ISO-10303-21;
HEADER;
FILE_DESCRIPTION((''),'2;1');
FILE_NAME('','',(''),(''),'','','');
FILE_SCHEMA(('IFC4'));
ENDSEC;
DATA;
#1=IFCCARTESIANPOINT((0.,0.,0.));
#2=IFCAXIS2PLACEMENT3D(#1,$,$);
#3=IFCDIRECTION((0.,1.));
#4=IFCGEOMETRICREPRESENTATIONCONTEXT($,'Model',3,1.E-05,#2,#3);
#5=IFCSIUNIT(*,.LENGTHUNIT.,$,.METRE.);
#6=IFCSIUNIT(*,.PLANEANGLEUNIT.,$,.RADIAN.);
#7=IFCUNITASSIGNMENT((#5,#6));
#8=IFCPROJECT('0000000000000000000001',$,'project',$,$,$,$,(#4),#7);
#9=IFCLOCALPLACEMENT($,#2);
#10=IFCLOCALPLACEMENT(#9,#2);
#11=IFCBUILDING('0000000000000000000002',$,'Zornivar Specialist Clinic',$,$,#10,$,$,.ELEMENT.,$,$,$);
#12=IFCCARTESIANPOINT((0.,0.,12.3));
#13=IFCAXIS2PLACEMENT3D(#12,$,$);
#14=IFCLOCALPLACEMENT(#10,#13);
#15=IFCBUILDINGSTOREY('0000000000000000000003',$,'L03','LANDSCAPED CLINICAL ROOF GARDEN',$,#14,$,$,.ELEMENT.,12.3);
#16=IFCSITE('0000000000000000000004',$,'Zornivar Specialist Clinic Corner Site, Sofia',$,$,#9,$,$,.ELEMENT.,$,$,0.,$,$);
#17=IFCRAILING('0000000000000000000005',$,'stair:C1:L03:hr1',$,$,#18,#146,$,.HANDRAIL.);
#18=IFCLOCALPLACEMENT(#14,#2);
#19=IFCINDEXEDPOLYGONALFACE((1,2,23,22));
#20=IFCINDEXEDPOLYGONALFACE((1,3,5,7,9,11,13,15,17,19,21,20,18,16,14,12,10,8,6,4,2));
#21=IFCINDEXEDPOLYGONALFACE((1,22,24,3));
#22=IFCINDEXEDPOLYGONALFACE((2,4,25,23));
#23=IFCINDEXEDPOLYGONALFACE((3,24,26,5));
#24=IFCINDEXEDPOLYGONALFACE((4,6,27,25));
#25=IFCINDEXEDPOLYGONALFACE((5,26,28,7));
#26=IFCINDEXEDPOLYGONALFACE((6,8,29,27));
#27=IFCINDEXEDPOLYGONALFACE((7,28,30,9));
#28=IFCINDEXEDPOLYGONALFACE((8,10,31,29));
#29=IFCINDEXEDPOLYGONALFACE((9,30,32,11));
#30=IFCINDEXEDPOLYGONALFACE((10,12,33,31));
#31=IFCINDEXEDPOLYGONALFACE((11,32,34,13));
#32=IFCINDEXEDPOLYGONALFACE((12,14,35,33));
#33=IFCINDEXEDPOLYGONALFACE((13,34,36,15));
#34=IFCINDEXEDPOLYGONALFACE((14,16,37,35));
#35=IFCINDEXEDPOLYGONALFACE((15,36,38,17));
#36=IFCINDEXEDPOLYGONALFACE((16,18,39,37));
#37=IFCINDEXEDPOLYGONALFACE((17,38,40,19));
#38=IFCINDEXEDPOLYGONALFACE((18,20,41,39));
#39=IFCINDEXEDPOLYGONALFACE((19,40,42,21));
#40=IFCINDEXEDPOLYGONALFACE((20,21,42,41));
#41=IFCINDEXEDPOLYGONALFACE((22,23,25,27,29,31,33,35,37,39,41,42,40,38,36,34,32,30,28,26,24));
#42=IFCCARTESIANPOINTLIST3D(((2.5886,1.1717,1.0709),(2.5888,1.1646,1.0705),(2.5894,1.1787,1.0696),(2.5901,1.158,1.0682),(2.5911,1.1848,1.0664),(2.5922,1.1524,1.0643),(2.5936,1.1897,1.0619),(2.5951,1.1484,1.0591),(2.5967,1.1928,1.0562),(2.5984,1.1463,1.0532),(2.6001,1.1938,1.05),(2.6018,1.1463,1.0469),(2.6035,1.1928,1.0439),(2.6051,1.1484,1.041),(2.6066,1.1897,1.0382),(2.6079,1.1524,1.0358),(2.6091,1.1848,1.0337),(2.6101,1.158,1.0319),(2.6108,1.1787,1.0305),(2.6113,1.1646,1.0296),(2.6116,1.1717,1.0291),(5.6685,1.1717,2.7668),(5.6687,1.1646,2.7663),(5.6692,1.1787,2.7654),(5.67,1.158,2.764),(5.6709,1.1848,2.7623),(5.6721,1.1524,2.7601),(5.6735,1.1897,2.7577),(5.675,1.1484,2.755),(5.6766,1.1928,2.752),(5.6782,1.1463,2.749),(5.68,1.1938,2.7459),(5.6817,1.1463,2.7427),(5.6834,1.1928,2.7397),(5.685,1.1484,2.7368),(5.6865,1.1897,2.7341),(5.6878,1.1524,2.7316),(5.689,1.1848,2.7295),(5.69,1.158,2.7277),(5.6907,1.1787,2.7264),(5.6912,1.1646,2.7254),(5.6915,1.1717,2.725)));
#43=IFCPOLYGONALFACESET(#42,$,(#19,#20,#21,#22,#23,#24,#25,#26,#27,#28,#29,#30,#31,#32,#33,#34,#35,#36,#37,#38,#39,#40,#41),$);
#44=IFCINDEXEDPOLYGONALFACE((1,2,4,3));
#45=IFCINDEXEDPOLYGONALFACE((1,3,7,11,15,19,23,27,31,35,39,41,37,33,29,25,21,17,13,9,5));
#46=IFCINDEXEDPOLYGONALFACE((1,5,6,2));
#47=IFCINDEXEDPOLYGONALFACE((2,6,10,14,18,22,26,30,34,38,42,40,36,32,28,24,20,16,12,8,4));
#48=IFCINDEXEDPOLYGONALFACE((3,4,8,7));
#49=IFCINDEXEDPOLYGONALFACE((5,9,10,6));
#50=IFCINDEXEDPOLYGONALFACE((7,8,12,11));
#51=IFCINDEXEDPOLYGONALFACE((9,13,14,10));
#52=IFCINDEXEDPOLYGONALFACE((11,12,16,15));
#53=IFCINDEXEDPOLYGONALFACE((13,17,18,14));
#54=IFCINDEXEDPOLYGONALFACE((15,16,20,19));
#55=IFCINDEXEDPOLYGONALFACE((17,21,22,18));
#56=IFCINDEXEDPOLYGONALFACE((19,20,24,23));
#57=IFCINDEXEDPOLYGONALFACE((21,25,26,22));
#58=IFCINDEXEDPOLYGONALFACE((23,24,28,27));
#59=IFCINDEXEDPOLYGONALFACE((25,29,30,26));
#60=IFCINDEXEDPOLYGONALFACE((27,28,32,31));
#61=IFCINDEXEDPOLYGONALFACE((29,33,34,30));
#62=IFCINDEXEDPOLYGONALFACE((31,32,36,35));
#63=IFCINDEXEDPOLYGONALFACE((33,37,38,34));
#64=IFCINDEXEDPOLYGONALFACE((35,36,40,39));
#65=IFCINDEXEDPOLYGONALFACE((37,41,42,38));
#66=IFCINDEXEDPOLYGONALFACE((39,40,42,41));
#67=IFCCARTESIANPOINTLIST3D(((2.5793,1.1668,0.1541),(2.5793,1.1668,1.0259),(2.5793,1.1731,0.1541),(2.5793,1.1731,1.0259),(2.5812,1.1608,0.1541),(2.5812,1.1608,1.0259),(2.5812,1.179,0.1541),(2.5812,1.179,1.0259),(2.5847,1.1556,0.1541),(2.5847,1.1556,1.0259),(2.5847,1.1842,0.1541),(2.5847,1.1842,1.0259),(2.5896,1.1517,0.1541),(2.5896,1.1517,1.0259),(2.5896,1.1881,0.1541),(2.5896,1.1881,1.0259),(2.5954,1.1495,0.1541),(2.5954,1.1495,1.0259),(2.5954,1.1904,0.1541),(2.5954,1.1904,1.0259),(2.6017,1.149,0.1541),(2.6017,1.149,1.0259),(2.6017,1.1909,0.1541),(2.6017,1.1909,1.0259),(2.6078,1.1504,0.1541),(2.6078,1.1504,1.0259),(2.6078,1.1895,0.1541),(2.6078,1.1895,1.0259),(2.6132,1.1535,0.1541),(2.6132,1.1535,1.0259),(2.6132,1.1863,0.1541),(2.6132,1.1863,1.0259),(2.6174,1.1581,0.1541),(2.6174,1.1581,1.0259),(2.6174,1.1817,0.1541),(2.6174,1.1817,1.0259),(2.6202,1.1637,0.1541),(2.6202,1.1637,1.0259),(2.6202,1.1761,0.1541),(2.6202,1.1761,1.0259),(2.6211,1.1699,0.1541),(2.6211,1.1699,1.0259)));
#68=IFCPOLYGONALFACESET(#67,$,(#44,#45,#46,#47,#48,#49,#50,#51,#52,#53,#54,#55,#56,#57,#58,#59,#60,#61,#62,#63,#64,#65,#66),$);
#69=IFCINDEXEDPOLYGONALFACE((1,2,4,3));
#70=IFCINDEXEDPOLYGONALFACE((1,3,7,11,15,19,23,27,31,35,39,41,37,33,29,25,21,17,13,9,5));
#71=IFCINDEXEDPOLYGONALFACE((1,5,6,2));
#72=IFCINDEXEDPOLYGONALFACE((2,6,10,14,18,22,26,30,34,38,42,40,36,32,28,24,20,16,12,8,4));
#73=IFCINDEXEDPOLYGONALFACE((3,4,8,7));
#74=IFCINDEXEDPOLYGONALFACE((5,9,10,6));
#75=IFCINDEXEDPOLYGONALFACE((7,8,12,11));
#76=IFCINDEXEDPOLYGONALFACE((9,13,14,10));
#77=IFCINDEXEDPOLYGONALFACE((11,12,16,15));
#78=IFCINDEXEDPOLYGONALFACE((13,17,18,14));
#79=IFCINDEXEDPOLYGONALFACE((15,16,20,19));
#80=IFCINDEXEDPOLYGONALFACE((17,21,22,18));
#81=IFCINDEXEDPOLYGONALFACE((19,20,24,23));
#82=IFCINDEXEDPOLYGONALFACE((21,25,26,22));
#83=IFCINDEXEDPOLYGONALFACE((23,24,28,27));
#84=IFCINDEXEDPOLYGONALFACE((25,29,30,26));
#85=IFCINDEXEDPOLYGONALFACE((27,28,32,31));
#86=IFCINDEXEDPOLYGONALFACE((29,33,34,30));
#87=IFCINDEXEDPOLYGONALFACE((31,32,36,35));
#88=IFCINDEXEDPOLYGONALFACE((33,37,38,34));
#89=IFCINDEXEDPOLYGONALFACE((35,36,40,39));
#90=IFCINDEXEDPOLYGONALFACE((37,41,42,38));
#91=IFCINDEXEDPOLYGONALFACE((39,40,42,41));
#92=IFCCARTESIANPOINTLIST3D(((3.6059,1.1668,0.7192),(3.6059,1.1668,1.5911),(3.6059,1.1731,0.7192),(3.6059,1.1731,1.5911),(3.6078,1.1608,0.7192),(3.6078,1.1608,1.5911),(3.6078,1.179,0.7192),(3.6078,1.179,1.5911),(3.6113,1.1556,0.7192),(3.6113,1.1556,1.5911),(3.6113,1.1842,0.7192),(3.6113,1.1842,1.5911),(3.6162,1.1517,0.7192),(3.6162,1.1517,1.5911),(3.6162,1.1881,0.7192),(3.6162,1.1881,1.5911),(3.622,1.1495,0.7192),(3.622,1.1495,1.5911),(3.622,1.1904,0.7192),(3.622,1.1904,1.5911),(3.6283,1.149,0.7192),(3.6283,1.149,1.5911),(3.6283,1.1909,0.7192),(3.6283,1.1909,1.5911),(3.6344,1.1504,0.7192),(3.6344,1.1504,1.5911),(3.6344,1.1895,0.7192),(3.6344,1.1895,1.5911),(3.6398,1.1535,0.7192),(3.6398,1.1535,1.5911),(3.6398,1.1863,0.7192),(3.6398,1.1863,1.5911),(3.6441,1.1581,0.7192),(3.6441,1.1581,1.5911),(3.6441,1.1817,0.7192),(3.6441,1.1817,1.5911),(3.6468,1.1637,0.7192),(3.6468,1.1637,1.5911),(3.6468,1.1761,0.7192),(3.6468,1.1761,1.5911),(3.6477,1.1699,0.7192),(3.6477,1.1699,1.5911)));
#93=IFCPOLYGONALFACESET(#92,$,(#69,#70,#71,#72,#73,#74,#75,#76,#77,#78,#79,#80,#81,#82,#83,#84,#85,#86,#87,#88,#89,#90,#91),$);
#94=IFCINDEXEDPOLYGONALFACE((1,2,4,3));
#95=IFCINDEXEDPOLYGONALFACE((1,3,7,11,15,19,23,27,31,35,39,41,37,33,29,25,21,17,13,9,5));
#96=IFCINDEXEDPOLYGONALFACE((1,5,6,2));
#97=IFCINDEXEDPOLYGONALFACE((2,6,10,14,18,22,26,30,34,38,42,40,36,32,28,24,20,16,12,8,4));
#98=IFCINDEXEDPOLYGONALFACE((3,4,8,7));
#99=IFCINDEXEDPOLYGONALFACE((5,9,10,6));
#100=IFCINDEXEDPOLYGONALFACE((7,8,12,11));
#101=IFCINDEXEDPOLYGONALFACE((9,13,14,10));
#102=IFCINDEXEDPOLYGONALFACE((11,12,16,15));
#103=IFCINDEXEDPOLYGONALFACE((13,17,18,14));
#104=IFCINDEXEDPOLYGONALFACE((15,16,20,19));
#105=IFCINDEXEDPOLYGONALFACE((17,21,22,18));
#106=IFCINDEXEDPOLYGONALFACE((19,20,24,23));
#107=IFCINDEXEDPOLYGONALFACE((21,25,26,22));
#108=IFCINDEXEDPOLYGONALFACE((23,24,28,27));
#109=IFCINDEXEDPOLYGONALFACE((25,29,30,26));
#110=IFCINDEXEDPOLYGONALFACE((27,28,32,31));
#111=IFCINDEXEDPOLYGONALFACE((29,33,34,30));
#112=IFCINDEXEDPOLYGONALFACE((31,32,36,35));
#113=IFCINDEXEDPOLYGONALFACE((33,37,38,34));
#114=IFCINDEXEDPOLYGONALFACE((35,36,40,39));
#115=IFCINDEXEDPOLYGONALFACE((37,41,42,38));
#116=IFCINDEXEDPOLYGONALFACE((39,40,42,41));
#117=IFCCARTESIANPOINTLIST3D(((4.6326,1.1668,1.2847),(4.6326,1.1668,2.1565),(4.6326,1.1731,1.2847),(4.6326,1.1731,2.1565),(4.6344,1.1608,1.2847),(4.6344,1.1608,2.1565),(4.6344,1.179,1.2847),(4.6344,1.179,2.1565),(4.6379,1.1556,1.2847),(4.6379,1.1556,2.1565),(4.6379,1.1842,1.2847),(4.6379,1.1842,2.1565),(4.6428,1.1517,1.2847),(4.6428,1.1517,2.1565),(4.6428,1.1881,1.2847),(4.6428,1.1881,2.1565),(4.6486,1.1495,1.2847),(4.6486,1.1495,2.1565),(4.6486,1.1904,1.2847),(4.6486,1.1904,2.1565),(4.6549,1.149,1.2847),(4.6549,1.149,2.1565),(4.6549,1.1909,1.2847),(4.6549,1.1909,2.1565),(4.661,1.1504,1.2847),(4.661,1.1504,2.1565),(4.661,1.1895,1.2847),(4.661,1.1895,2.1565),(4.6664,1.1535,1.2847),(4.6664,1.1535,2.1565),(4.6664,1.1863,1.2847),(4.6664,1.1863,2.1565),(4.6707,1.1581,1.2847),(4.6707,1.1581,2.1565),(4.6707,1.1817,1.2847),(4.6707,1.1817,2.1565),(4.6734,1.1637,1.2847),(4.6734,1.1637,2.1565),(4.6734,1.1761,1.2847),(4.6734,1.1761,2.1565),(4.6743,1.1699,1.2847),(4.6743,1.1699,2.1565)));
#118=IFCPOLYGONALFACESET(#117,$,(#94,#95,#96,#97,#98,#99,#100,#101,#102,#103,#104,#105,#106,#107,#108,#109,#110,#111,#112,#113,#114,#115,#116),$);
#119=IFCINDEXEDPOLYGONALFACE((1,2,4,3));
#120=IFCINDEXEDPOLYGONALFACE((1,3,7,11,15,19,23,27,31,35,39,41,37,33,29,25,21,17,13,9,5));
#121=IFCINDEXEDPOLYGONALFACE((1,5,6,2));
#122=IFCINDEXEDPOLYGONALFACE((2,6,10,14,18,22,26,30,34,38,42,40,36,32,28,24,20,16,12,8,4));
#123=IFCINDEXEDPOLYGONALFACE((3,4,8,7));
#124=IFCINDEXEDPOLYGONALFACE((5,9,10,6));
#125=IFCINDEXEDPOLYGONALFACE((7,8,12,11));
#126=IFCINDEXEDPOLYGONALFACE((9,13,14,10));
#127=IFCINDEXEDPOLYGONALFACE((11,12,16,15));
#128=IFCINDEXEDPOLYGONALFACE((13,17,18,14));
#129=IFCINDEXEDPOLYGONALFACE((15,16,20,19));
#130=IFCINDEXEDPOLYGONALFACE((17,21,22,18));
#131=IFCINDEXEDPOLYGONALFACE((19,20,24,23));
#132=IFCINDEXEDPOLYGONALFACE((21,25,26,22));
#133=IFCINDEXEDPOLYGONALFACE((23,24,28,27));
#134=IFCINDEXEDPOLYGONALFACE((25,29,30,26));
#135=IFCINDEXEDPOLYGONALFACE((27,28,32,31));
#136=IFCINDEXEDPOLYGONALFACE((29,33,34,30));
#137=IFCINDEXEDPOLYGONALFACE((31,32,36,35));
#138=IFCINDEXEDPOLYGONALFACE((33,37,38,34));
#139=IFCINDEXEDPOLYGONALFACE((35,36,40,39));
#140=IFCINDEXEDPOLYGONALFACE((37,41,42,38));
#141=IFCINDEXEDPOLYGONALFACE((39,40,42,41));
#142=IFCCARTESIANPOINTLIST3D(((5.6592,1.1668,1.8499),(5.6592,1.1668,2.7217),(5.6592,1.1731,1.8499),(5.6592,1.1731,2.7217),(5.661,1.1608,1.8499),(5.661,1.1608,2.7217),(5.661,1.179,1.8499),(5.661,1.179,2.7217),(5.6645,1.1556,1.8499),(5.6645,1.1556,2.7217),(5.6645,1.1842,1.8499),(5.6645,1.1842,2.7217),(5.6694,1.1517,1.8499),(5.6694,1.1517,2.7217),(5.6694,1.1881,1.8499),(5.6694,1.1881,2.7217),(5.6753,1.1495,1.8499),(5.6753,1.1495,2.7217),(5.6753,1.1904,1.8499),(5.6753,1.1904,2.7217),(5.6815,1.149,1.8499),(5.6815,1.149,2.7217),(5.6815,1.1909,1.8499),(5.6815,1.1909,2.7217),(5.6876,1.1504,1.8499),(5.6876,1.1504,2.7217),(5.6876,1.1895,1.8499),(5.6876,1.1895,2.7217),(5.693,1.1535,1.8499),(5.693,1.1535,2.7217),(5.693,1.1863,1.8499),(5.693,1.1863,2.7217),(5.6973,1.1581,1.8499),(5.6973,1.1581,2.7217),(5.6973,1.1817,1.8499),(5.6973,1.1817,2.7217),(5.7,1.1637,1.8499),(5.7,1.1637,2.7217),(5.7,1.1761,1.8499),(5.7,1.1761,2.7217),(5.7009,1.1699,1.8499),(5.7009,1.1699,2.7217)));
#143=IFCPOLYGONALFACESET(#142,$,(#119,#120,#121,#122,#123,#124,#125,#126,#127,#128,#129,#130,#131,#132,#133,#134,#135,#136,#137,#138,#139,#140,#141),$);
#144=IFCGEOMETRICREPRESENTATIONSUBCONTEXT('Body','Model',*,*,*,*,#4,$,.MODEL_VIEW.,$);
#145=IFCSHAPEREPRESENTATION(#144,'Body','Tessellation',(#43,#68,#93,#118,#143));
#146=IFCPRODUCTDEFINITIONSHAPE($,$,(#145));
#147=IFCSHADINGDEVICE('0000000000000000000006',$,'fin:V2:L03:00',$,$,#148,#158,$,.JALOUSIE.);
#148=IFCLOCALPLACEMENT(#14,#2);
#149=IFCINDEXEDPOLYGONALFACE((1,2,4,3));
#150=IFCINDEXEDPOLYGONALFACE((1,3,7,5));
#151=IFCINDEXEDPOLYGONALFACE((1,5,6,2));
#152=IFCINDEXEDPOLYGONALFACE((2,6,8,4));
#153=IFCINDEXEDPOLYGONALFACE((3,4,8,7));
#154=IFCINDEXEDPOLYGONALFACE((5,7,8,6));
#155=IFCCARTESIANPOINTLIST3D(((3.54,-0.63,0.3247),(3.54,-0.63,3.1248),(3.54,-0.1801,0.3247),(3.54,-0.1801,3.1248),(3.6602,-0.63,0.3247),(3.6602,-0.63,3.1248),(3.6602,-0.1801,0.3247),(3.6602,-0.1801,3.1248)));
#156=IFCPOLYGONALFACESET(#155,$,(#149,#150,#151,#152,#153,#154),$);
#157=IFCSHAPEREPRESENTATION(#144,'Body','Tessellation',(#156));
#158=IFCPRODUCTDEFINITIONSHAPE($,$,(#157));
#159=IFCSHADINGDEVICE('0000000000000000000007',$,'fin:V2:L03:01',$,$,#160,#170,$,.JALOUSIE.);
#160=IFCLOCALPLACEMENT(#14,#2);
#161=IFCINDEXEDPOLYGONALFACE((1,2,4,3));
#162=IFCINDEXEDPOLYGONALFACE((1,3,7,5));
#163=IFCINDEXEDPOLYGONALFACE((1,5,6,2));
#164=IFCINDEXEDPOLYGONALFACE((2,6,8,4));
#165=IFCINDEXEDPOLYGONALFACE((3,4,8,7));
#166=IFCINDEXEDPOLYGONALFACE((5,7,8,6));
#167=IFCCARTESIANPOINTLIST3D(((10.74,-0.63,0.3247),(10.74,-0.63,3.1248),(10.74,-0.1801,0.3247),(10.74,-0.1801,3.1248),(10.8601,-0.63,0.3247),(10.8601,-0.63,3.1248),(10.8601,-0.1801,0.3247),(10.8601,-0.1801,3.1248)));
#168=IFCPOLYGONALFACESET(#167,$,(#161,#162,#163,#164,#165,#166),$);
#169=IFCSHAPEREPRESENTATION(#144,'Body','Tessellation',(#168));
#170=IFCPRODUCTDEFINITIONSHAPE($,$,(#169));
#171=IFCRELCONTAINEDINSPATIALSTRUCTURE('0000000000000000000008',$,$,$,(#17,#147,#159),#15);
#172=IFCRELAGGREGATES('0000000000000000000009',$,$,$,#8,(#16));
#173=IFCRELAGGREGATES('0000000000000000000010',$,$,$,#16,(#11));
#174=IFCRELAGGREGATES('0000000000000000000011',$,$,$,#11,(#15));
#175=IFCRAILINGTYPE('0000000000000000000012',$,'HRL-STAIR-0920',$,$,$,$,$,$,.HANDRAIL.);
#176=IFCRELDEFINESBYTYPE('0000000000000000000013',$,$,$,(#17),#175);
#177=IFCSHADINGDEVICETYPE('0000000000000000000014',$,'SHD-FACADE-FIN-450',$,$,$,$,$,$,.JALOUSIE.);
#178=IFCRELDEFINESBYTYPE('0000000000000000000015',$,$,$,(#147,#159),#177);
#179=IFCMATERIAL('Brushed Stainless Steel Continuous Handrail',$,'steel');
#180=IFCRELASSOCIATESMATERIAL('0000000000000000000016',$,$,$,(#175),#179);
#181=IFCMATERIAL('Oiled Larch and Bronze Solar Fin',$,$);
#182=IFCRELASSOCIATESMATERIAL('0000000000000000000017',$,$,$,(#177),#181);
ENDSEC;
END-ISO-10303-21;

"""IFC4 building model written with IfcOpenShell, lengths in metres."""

from ifc_helpers import new_model, si_unit, direction, frame, origin, origin_2d, place, context, subcontext, project, spatial, rectangle, circle, extrude, material, type_object, element, save


model = new_model("IFC4")

# Units and contexts
model_context = context("Model", 3, precision=1e-05, world=origin(), true_north=direction((0.0, 1.0)))
body_context = subcontext(model_context, "Body", "Model", "MODEL_VIEW")
ifc_project = project(units=[si_unit("LENGTHUNIT", "METRE"), si_unit("PLANEANGLEUNIT", "RADIAN")], contexts=[model_context])

# Site, building, storey
site_placement = place(None, origin())
site = spatial("IfcSite", under=ifc_project, at=site_placement, Name="Zornivar Specialist Clinic Corner Site, Sofia", CompositionType="ELEMENT", RefElevation=0.0)
building_placement = place(site_placement, origin())
building = spatial("IfcBuilding", under=site, at=building_placement, Name="Zornivar Specialist Clinic", CompositionType="ELEMENT")
storey_placement = place(building_placement, frame((0.0, 0.0, 12.3)))
storey = spatial("IfcBuildingStorey", under=building, at=storey_placement, Name="L03", Description="LANDSCAPED CLINICAL ROOF GARDEN", CompositionType="ELEMENT", Elevation=12.3)

# Railing
ifc_material_1 = material(Name="Brushed Stainless Steel Continuous Handrail", Category="steel")
railing_type_1 = type_object("IfcRailingType", Name="HRL-STAIR-0920", PredefinedType="HANDRAIL", material=ifc_material_1)
railing_1_placement = place(storey_placement, frame((2.6001, 1.1699, 0.1541)))
element("IfcRailing", 1, at=railing_1_placement, inside=storey, type_object=railing_type_1, Name="stair:C1:L03:hr1", PredefinedType="HANDRAIL", context=body_context, shape_type="SweptSolid", body=[
    extrude(circle(Radius=0.0239, at=origin_2d()), frame((0.0, 0.0, 0.896), z_axis=(0.875989, 0.0, 0.482332), x_axis=(0.0, 1.0, 0.0)), (0.0, 0.0, 1.0), 3.5159),
    extrude(circle(Radius=0.021, at=origin_2d()), origin(), (0.0, 0.0, 1.0), 0.8718),
    extrude(circle(Radius=0.021, at=origin_2d()), frame((1.0266, 0.0, 0.5652)), (0.0, 0.0, 1.0), 0.8718),
    extrude(circle(Radius=0.021, at=origin_2d()), frame((2.0532, 0.0, 1.1306)), (0.0, 0.0, 1.0), 0.8718),
    extrude(circle(Radius=0.021, at=origin_2d()), frame((3.0798, 0.0, 1.6958)), (0.0, 0.0, 1.0), 0.8718),
])

# Shading devices
ifc_material_2 = material(Name="Oiled Larch and Bronze Solar Fin")
shading_device_type = type_object("IfcShadingDeviceType", Name="SHD-FACADE-FIN-450", PredefinedType="JALOUSIE", material=ifc_material_2)
for number, where, z_axis, x_axis, name in (
    (2, (3.6001, -0.405, 0.3247), (0.0, 0.0, 1.0), (1.0, 0.0, 0.0), "fin:V2:L03:00"),
    (3, (10.8, -0.405, 0.3247), (0.0, 0.0, 1.0), (1.0, 0.0, 0.0), "fin:V2:L03:01"),
):
    element("IfcShadingDevice", number, at=place(storey_placement, frame(where, z_axis=z_axis, x_axis=x_axis)), inside=storey, type_object=shading_device_type, Name=name, PredefinedType="JALOUSIE", context=body_context, shape_type="SweptSolid", body=[
        extrude(rectangle(XDim=0.1201, YDim=0.45, at=origin_2d()), origin(), (0.0, 0.0, 1.0), 2.8),
    ])

save(model, "model.ifc")
